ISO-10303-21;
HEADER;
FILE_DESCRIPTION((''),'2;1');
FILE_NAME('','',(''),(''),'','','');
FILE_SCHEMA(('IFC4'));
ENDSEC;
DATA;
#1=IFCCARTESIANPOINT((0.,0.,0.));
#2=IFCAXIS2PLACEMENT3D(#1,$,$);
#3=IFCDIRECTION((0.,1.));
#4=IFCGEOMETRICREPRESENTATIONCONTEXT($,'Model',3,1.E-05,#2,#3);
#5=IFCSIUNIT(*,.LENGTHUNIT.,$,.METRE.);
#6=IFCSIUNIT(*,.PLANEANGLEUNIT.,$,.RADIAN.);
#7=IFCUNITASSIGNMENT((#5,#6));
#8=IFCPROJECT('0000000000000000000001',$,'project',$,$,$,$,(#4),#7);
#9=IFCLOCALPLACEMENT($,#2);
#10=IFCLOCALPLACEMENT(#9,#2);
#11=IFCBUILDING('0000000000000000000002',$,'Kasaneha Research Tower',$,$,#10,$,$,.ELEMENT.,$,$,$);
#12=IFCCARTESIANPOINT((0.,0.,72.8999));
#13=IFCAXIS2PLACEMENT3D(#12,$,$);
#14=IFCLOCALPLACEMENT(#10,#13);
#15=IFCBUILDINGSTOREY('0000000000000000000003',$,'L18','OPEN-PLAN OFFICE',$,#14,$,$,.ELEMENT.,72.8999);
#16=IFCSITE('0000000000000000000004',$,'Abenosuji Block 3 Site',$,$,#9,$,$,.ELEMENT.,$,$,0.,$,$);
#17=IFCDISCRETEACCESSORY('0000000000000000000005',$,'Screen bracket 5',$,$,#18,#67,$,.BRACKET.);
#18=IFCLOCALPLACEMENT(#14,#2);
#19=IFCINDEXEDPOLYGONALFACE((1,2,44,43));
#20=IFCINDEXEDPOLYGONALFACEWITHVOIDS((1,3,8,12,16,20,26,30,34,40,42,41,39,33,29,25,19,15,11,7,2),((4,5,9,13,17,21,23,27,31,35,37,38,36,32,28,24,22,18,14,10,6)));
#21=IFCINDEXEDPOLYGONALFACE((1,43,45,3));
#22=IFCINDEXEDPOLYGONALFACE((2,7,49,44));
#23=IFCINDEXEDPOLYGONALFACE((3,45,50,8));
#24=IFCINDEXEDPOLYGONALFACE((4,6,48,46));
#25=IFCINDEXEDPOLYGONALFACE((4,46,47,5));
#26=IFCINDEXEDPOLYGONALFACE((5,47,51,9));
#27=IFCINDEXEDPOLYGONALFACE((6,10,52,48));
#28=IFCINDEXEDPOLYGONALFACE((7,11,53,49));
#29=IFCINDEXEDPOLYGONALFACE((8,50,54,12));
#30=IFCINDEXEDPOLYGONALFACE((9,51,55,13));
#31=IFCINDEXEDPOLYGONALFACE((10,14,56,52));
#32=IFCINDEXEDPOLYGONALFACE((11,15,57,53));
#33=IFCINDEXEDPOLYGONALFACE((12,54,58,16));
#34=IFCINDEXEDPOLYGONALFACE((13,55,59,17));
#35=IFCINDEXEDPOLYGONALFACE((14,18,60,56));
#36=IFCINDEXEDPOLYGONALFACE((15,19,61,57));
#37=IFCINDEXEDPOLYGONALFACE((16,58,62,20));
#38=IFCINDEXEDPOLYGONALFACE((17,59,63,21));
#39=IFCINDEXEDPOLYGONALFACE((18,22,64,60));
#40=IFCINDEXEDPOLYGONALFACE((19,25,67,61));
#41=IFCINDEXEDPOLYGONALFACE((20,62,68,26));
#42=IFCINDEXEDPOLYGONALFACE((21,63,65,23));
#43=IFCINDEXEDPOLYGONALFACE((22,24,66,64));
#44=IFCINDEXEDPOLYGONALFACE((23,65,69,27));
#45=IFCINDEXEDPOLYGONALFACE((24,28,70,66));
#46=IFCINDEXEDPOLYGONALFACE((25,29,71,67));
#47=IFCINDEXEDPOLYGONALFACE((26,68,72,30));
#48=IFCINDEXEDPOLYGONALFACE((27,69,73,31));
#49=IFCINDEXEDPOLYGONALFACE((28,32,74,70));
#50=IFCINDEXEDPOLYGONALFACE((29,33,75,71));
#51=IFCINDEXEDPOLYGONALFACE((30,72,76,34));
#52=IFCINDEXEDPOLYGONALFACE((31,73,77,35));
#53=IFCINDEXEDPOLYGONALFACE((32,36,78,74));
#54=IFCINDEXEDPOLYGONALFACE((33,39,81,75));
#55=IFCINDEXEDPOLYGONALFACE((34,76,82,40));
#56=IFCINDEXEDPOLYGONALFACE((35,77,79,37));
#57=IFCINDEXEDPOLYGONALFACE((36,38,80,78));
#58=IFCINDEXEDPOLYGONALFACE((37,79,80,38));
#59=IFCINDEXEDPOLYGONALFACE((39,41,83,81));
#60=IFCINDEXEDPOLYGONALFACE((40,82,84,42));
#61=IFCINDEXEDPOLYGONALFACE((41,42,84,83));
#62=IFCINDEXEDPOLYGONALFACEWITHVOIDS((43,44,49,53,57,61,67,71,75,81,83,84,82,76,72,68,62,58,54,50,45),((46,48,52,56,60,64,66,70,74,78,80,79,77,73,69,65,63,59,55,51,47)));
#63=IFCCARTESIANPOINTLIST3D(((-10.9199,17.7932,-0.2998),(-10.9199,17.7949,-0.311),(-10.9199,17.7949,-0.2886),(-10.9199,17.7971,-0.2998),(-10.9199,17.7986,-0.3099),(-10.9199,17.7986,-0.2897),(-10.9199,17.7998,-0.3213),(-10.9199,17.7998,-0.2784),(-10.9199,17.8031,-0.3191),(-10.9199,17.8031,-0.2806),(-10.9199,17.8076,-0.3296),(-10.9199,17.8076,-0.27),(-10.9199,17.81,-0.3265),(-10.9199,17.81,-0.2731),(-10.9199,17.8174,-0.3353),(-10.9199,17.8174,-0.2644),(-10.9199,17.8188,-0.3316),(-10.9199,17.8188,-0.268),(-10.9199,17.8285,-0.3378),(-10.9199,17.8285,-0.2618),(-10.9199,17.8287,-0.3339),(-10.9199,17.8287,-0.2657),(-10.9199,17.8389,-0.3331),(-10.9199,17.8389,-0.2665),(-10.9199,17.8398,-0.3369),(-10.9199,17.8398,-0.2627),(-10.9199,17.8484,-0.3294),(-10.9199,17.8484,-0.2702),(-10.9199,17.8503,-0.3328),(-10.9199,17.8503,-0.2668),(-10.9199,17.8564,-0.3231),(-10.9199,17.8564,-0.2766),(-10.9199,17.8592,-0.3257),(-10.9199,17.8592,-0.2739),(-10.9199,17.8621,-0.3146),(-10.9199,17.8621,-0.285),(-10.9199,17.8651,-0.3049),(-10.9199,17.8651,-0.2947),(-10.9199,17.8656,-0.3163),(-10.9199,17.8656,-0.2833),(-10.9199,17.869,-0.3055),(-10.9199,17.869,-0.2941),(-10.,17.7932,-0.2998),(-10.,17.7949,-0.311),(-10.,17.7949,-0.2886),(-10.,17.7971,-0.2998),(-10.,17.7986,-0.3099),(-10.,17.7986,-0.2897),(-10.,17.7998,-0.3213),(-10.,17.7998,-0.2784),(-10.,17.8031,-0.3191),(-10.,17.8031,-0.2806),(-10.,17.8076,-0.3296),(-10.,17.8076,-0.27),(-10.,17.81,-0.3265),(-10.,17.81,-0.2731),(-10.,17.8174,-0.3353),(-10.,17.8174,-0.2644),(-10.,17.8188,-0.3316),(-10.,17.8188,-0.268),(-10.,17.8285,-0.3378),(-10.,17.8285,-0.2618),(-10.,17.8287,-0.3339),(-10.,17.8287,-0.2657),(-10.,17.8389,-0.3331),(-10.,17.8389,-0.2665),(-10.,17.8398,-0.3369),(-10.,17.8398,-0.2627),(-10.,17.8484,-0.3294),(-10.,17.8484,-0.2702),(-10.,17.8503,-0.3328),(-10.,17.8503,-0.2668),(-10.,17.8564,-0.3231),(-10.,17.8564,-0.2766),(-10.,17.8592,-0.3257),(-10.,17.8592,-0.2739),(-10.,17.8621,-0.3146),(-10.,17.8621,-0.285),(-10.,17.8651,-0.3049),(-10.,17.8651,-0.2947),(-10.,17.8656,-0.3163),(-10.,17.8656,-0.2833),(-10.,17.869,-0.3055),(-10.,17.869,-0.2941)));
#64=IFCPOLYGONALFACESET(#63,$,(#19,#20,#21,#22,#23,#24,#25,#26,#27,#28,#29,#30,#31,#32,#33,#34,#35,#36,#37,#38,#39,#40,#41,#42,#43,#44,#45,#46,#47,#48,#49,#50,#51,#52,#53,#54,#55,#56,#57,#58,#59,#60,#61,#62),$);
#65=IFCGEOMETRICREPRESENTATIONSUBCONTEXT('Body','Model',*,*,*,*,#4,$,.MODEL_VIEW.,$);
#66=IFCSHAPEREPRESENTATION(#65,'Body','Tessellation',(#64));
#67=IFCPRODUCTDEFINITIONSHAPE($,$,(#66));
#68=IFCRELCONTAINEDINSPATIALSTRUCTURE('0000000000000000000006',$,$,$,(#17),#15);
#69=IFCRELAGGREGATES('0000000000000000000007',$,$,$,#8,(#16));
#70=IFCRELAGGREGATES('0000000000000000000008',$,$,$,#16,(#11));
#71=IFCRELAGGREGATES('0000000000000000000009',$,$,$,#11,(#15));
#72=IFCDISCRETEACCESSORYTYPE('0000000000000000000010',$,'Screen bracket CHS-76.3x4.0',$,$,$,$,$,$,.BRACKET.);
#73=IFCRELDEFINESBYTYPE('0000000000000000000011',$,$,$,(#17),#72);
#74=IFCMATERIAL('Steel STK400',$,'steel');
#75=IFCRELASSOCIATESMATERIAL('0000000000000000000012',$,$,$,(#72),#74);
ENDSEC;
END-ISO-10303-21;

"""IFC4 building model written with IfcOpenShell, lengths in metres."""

from ifc_helpers import new_model, si_unit, direction, frame, origin, origin_2d, place, context, subcontext, project, spatial, hollow_circle, extrude, material, material_profile, profile_set, type_object, element, save


model = new_model("IFC4")

# Units and contexts
model_context = context("Model", 3, precision=1e-05, world=origin(), true_north=direction((0.0, 1.0)))
body_context = subcontext(model_context, "Body", "Model", "MODEL_VIEW")
ifc_project = project(units=[si_unit("LENGTHUNIT", "METRE"), si_unit("PLANEANGLEUNIT", "RADIAN")], contexts=[model_context])

# Site, building, storey
site_placement = place(None, origin())
site = spatial("IfcSite", under=ifc_project, at=site_placement, Name="Abenosuji Block 3 Site", CompositionType="ELEMENT", RefElevation=0.0)
building_placement = place(site_placement, origin())
building = spatial("IfcBuilding", under=site, at=building_placement, Name="Kasaneha Research Tower", CompositionType="ELEMENT")
storey_placement = place(building_placement, frame((0.0, 0.0, 72.8999)))
storey = spatial("IfcBuildingStorey", under=building, at=storey_placement, Name="L18", Description="OPEN-PLAN OFFICE", CompositionType="ELEMENT", Elevation=72.8999)

# Discrete accessory
ifc_material_1 = material(Name="Steel STK400", Category="steel")
ifc_material_profile_1 = material_profile(ifc_material_1, hollow_circle(Radius=0.0381, WallThickness=0.0039, at=origin_2d()), Name="CHS-76.3x4.0")
ifc_profile_set_1 = profile_set([ifc_material_profile_1], Name="Steel STK400")
discrete_accessory_type = type_object("IfcDiscreteAccessoryType", Name="Screen bracket CHS-76.3x4.0", PredefinedType="BRACKET", material=ifc_profile_set_1)
for number, where, z_axis, x_axis, name in (
    (1, (-10.0, 17.8313, -0.2998), (-1.0, 0.0, 0.0), (0.0, -1.0, 0.0), "Screen bracket 5"),
):
    element("IfcDiscreteAccessory", number, at=place(storey_placement, frame(where, z_axis=z_axis, x_axis=x_axis)), inside=storey, type_object=discrete_accessory_type, Name=name, PredefinedType="BRACKET", context=body_context, shape_type="SweptSolid", body=[
        extrude(hollow_circle(Radius=0.0381, WallThickness=0.0039, at=origin_2d()), origin(), (0.0, 0.0, 1.0), 0.9199),
    ])

save(model, "model.ifc")
